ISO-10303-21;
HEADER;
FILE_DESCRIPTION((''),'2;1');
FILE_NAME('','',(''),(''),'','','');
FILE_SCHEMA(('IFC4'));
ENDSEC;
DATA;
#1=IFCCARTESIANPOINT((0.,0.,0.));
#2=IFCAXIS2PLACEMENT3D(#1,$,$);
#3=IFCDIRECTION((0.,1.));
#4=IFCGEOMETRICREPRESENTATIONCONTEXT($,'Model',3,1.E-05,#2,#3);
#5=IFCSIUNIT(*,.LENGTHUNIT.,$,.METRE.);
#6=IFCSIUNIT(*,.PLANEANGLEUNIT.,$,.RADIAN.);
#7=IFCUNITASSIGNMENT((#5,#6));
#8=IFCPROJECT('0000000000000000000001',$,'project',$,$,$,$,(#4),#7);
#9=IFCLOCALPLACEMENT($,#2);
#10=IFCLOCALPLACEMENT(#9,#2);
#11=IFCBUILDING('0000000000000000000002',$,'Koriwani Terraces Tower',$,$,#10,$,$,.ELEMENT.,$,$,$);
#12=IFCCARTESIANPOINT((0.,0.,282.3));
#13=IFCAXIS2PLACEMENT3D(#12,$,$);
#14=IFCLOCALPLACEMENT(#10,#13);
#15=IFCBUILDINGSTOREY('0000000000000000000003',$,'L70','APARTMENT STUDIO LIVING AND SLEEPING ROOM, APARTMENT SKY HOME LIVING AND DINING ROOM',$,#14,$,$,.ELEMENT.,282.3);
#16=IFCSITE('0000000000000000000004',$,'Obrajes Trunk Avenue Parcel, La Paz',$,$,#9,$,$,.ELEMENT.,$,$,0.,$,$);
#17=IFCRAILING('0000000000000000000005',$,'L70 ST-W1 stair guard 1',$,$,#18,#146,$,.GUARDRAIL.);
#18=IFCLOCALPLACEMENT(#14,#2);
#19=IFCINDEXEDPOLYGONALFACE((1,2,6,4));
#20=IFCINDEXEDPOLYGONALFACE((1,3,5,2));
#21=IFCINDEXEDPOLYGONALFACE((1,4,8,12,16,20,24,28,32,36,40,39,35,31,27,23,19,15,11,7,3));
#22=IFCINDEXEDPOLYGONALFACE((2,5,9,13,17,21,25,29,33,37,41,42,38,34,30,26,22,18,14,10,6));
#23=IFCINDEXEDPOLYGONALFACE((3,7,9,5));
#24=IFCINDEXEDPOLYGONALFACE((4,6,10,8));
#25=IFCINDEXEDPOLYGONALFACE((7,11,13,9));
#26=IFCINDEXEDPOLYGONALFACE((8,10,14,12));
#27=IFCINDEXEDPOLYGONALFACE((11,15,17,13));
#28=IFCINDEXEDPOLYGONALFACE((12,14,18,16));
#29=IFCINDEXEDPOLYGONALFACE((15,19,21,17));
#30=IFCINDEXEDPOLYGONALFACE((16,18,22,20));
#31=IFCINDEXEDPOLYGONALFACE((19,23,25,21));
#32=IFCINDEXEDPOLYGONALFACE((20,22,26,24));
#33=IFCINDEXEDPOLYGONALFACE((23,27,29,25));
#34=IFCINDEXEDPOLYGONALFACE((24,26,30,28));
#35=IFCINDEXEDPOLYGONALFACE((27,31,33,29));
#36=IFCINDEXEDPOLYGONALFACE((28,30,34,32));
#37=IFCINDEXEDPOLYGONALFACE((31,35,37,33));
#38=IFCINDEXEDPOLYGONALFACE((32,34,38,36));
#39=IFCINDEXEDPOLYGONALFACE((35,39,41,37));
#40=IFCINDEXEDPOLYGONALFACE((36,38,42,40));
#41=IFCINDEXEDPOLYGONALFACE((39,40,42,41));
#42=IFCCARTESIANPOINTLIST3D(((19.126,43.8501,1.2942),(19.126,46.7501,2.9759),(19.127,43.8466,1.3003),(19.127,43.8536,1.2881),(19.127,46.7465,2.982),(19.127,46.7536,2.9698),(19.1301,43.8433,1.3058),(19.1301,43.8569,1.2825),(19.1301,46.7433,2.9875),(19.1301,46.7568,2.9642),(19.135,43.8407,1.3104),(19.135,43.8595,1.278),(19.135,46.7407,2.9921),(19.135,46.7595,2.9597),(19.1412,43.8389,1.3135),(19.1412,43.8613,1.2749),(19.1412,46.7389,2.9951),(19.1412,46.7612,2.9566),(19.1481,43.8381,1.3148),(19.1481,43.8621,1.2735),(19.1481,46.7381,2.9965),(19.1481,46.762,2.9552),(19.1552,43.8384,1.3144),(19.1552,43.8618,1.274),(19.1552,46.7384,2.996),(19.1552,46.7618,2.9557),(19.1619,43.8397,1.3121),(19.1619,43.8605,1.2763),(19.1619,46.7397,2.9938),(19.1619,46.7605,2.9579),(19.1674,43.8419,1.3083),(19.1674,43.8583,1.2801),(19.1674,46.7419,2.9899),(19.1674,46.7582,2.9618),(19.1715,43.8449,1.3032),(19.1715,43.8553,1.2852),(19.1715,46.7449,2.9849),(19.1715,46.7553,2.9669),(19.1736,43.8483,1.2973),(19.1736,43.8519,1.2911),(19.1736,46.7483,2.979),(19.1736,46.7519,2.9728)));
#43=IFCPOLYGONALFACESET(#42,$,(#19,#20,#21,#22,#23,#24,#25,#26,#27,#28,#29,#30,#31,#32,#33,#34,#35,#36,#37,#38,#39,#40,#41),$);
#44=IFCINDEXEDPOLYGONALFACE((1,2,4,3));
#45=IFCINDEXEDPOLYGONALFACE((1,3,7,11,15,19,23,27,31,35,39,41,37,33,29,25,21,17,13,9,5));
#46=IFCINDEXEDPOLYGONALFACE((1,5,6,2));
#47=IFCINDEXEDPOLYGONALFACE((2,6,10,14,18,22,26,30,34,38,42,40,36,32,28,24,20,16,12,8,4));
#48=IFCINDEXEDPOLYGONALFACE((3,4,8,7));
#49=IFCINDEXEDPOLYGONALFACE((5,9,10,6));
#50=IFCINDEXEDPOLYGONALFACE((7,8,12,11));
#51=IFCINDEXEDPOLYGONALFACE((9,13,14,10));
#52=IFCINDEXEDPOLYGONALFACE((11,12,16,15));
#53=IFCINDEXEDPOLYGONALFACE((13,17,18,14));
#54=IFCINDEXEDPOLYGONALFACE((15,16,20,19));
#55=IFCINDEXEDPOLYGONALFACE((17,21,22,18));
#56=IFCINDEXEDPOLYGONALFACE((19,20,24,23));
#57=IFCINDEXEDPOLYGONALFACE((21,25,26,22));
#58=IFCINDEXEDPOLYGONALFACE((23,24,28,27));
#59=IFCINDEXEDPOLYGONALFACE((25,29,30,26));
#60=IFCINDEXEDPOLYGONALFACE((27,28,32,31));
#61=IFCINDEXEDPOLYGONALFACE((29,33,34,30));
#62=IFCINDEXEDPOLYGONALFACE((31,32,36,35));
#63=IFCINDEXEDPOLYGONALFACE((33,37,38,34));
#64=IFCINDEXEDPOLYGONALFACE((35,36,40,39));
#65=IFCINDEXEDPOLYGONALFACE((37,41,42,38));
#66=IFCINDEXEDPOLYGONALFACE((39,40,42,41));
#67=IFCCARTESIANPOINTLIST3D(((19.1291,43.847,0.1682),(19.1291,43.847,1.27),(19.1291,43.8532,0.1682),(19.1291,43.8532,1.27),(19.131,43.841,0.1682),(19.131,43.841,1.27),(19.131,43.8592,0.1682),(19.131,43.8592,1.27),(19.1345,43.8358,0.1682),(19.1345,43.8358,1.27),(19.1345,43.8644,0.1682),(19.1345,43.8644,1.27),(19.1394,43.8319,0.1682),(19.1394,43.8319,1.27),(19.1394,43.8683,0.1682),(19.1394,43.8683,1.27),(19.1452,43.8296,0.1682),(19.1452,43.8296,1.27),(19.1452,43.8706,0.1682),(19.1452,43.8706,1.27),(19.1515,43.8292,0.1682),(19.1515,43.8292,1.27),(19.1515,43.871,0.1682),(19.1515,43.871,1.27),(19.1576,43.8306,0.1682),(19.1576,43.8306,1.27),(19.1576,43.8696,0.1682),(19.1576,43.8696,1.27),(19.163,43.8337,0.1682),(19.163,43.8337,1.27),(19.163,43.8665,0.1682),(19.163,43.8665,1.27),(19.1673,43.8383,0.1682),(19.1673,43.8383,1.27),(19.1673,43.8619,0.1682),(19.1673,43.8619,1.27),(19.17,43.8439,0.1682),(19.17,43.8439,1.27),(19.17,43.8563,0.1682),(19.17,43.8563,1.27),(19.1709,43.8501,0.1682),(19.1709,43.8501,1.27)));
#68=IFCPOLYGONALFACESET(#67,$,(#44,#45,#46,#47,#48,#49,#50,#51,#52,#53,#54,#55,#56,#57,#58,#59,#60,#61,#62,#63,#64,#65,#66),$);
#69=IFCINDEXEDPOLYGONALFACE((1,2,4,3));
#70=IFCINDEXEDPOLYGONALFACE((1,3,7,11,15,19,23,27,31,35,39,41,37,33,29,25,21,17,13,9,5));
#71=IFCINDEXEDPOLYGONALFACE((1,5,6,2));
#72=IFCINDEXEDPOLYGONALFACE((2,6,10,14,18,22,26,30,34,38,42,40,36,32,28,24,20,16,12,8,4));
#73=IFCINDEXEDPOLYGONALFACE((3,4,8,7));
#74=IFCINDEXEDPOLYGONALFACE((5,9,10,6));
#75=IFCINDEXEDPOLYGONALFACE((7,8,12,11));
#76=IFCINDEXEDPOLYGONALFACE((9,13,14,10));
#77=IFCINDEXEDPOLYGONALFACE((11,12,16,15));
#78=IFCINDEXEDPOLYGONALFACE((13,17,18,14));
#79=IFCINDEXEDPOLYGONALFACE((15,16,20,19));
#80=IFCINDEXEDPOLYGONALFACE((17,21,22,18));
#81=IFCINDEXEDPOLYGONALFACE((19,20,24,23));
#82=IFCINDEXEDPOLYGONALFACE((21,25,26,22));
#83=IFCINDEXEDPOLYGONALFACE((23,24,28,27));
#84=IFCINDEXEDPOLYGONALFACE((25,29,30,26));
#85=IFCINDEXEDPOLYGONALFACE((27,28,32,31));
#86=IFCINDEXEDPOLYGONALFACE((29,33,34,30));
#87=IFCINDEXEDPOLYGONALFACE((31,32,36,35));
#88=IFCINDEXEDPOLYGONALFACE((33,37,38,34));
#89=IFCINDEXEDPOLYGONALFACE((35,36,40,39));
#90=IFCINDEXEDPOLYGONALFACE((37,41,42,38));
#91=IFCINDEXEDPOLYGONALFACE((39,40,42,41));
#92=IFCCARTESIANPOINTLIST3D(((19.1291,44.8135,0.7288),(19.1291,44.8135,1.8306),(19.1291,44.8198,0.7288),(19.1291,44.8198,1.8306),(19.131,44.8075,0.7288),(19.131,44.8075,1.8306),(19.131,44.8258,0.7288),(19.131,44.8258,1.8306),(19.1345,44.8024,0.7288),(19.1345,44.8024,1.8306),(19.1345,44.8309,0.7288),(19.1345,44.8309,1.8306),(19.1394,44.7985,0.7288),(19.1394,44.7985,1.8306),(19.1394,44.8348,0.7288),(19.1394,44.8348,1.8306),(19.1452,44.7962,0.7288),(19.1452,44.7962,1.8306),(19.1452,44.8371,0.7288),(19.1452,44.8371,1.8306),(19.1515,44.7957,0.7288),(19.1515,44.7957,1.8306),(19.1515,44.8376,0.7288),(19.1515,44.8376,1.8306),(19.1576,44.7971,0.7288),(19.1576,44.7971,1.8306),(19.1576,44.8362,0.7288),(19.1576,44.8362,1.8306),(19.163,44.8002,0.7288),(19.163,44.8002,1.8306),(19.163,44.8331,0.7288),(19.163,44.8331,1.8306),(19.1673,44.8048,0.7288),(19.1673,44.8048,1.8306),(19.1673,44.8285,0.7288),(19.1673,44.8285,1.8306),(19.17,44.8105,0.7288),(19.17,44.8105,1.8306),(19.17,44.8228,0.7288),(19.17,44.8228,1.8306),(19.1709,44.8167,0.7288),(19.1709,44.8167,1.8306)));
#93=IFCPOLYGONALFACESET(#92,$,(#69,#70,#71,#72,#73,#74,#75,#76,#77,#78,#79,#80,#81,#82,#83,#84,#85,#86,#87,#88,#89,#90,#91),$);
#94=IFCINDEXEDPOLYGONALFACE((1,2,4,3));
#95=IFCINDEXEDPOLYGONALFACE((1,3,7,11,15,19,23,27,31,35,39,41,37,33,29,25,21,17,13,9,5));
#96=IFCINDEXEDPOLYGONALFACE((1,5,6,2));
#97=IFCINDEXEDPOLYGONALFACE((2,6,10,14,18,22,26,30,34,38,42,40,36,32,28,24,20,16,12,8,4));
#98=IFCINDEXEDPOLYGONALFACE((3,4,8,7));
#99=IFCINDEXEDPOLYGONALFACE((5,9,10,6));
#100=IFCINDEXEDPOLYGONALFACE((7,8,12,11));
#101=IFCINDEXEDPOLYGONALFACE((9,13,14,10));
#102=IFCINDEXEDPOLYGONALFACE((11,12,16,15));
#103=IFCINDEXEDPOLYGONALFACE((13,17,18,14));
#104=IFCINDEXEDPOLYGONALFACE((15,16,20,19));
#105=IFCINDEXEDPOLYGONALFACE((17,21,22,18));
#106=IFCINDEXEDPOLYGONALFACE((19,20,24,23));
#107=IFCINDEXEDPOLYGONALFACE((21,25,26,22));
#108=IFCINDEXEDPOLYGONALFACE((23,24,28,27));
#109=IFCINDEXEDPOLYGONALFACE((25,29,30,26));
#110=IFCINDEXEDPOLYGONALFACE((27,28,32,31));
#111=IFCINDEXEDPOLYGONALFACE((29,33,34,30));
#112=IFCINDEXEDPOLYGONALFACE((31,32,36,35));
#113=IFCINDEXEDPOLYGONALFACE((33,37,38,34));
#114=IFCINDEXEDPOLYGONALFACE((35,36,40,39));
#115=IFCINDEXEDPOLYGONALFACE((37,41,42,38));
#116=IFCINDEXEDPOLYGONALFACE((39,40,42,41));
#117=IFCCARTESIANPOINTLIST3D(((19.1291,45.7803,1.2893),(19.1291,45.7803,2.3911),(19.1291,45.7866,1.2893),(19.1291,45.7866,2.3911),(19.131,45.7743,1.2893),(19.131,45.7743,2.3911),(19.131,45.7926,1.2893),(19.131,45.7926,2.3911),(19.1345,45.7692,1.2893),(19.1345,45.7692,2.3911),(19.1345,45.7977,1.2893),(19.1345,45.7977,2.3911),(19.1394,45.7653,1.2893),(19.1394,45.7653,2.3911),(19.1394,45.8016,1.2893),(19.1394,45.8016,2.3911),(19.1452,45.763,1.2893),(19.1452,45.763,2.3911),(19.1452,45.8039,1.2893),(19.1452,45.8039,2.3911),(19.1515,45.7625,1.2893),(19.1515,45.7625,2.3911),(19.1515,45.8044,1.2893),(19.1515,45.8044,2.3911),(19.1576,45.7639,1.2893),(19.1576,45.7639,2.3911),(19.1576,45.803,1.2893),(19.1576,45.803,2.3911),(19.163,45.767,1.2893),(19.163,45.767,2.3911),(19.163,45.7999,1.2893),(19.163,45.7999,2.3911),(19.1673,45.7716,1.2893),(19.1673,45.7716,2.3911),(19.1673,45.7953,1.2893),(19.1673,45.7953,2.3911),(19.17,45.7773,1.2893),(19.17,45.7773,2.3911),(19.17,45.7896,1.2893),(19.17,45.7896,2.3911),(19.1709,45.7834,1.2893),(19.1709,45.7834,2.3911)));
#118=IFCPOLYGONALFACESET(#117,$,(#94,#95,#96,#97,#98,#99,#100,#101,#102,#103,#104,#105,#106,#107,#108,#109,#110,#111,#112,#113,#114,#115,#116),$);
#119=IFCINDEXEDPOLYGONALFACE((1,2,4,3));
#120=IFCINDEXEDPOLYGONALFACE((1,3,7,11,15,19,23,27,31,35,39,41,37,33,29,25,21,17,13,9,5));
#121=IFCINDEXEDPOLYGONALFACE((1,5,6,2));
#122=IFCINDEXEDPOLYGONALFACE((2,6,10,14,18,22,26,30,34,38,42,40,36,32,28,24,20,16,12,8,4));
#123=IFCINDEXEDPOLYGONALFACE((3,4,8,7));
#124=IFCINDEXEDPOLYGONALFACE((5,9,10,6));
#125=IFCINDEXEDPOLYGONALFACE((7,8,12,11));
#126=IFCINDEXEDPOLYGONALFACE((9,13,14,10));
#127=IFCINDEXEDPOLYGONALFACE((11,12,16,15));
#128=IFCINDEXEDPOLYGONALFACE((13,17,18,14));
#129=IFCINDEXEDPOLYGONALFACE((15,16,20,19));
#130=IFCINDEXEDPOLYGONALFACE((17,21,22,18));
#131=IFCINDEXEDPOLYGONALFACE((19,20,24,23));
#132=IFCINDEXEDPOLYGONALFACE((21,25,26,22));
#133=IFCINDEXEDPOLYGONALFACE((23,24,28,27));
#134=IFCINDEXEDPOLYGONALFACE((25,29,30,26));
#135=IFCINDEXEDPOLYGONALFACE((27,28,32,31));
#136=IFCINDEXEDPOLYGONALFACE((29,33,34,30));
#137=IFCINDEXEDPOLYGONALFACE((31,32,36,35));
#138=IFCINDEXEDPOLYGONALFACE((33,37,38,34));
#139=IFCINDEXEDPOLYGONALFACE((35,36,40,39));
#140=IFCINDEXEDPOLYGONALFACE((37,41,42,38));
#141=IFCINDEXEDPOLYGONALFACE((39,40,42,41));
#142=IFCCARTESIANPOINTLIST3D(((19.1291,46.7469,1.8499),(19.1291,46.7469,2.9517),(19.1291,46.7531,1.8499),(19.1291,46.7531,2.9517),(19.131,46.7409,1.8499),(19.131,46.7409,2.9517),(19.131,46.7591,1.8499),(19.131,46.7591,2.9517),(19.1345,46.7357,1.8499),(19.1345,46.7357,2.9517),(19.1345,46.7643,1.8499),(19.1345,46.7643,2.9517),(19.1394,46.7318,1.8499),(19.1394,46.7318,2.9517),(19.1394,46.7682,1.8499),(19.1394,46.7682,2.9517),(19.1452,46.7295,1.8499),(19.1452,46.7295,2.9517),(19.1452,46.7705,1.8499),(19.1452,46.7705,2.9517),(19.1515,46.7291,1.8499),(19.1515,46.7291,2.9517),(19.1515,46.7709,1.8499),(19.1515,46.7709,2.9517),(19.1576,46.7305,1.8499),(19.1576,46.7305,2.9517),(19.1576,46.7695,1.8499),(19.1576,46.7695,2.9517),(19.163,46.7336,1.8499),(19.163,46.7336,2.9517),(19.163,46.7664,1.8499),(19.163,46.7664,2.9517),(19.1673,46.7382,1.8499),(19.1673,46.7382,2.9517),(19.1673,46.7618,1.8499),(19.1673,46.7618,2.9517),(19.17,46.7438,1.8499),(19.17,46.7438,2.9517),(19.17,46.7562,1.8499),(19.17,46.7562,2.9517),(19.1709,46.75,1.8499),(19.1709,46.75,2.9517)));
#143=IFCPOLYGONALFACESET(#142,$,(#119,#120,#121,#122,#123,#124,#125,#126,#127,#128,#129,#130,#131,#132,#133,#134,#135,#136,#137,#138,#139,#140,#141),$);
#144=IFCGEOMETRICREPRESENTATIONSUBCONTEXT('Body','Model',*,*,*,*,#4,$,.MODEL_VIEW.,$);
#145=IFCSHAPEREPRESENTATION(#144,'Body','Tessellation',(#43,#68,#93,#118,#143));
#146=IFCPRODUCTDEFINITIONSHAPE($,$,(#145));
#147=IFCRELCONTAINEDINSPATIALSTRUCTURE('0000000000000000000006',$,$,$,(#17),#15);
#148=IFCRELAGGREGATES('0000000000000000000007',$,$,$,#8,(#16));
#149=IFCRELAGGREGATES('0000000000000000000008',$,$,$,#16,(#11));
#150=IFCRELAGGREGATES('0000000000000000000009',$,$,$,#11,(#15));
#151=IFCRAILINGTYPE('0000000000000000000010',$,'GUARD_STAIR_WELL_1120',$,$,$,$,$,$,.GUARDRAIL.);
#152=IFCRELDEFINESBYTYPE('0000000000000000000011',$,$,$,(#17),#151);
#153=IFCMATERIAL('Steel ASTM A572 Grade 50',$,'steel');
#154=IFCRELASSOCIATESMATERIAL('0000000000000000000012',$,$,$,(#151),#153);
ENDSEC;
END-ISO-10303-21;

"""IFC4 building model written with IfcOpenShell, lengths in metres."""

from ifc_helpers import new_model, si_unit, direction, frame, origin, origin_2d, place, context, subcontext, project, spatial, circle, extrude, material, type_object, element, save


model = new_model("IFC4")

# Units and contexts
model_context = context("Model", 3, precision=1e-05, world=origin(), true_north=direction((0.0, 1.0)))
body_context = subcontext(model_context, "Body", "Model", "MODEL_VIEW")
ifc_project = project(units=[si_unit("LENGTHUNIT", "METRE"), si_unit("PLANEANGLEUNIT", "RADIAN")], contexts=[model_context])

# Site, building, storey
site_placement = place(None, origin())
site = spatial("IfcSite", under=ifc_project, at=site_placement, Name="Obrajes Trunk Avenue Parcel, La Paz", CompositionType="ELEMENT", RefElevation=0.0)
building_placement = place(site_placement, origin())
building = spatial("IfcBuilding", under=site, at=building_placement, Name="Koriwani Terraces Tower", CompositionType="ELEMENT")
storey_placement = place(building_placement, frame((0.0, 0.0, 282.3)))
storey = spatial("IfcBuildingStorey", under=building, at=storey_placement, Name="L70", Description="APARTMENT STUDIO LIVING AND SLEEPING ROOM, APARTMENT SKY HOME LIVING AND DINING ROOM", CompositionType="ELEMENT", Elevation=282.3)

# Shared definitions
ifc_material_1 = material(Name="Steel ASTM A572 Grade 50", Category="steel")

# Railing
railing_type_1 = type_object("IfcRailingType", Name="GUARD_STAIR_WELL_1120", PredefinedType="GUARDRAIL", material=ifc_material_1)
railing_1_placement = place(storey_placement, frame((19.1499, 43.8501, 0.1682)))
element("IfcRailing", 1, at=railing_1_placement, inside=storey, type_object=railing_type_1, Name="L70 ST-W1 stair guard 1", PredefinedType="GUARDRAIL", context=body_context, shape_type="SweptSolid", body=[
    extrude(circle(Radius=0.0239, at=origin_2d()), frame((0.0, 0.0, 1.126), z_axis=(0.0, 0.86507, 0.501651), x_axis=(-1.0, 0.0, 0.0)), (0.0, 0.0, 1.0), 3.3523),
    extrude(circle(Radius=0.021, at=origin_2d()), origin(), (0.0, 0.0, 1.0), 1.1018),
    extrude(circle(Radius=0.021, at=origin_2d()), frame((0.0, 0.9666, 0.5605)), (0.0, 0.0, 1.0), 1.1018),
    extrude(circle(Radius=0.021, at=origin_2d()), frame((0.0, 1.9333, 1.1211)), (0.0, 0.0, 1.0), 1.1018),
    extrude(circle(Radius=0.021, at=origin_2d()), frame((0.0, 2.8999, 1.6816)), (0.0, 0.0, 1.0), 1.1018),
])

save(model, "model.ifc")
